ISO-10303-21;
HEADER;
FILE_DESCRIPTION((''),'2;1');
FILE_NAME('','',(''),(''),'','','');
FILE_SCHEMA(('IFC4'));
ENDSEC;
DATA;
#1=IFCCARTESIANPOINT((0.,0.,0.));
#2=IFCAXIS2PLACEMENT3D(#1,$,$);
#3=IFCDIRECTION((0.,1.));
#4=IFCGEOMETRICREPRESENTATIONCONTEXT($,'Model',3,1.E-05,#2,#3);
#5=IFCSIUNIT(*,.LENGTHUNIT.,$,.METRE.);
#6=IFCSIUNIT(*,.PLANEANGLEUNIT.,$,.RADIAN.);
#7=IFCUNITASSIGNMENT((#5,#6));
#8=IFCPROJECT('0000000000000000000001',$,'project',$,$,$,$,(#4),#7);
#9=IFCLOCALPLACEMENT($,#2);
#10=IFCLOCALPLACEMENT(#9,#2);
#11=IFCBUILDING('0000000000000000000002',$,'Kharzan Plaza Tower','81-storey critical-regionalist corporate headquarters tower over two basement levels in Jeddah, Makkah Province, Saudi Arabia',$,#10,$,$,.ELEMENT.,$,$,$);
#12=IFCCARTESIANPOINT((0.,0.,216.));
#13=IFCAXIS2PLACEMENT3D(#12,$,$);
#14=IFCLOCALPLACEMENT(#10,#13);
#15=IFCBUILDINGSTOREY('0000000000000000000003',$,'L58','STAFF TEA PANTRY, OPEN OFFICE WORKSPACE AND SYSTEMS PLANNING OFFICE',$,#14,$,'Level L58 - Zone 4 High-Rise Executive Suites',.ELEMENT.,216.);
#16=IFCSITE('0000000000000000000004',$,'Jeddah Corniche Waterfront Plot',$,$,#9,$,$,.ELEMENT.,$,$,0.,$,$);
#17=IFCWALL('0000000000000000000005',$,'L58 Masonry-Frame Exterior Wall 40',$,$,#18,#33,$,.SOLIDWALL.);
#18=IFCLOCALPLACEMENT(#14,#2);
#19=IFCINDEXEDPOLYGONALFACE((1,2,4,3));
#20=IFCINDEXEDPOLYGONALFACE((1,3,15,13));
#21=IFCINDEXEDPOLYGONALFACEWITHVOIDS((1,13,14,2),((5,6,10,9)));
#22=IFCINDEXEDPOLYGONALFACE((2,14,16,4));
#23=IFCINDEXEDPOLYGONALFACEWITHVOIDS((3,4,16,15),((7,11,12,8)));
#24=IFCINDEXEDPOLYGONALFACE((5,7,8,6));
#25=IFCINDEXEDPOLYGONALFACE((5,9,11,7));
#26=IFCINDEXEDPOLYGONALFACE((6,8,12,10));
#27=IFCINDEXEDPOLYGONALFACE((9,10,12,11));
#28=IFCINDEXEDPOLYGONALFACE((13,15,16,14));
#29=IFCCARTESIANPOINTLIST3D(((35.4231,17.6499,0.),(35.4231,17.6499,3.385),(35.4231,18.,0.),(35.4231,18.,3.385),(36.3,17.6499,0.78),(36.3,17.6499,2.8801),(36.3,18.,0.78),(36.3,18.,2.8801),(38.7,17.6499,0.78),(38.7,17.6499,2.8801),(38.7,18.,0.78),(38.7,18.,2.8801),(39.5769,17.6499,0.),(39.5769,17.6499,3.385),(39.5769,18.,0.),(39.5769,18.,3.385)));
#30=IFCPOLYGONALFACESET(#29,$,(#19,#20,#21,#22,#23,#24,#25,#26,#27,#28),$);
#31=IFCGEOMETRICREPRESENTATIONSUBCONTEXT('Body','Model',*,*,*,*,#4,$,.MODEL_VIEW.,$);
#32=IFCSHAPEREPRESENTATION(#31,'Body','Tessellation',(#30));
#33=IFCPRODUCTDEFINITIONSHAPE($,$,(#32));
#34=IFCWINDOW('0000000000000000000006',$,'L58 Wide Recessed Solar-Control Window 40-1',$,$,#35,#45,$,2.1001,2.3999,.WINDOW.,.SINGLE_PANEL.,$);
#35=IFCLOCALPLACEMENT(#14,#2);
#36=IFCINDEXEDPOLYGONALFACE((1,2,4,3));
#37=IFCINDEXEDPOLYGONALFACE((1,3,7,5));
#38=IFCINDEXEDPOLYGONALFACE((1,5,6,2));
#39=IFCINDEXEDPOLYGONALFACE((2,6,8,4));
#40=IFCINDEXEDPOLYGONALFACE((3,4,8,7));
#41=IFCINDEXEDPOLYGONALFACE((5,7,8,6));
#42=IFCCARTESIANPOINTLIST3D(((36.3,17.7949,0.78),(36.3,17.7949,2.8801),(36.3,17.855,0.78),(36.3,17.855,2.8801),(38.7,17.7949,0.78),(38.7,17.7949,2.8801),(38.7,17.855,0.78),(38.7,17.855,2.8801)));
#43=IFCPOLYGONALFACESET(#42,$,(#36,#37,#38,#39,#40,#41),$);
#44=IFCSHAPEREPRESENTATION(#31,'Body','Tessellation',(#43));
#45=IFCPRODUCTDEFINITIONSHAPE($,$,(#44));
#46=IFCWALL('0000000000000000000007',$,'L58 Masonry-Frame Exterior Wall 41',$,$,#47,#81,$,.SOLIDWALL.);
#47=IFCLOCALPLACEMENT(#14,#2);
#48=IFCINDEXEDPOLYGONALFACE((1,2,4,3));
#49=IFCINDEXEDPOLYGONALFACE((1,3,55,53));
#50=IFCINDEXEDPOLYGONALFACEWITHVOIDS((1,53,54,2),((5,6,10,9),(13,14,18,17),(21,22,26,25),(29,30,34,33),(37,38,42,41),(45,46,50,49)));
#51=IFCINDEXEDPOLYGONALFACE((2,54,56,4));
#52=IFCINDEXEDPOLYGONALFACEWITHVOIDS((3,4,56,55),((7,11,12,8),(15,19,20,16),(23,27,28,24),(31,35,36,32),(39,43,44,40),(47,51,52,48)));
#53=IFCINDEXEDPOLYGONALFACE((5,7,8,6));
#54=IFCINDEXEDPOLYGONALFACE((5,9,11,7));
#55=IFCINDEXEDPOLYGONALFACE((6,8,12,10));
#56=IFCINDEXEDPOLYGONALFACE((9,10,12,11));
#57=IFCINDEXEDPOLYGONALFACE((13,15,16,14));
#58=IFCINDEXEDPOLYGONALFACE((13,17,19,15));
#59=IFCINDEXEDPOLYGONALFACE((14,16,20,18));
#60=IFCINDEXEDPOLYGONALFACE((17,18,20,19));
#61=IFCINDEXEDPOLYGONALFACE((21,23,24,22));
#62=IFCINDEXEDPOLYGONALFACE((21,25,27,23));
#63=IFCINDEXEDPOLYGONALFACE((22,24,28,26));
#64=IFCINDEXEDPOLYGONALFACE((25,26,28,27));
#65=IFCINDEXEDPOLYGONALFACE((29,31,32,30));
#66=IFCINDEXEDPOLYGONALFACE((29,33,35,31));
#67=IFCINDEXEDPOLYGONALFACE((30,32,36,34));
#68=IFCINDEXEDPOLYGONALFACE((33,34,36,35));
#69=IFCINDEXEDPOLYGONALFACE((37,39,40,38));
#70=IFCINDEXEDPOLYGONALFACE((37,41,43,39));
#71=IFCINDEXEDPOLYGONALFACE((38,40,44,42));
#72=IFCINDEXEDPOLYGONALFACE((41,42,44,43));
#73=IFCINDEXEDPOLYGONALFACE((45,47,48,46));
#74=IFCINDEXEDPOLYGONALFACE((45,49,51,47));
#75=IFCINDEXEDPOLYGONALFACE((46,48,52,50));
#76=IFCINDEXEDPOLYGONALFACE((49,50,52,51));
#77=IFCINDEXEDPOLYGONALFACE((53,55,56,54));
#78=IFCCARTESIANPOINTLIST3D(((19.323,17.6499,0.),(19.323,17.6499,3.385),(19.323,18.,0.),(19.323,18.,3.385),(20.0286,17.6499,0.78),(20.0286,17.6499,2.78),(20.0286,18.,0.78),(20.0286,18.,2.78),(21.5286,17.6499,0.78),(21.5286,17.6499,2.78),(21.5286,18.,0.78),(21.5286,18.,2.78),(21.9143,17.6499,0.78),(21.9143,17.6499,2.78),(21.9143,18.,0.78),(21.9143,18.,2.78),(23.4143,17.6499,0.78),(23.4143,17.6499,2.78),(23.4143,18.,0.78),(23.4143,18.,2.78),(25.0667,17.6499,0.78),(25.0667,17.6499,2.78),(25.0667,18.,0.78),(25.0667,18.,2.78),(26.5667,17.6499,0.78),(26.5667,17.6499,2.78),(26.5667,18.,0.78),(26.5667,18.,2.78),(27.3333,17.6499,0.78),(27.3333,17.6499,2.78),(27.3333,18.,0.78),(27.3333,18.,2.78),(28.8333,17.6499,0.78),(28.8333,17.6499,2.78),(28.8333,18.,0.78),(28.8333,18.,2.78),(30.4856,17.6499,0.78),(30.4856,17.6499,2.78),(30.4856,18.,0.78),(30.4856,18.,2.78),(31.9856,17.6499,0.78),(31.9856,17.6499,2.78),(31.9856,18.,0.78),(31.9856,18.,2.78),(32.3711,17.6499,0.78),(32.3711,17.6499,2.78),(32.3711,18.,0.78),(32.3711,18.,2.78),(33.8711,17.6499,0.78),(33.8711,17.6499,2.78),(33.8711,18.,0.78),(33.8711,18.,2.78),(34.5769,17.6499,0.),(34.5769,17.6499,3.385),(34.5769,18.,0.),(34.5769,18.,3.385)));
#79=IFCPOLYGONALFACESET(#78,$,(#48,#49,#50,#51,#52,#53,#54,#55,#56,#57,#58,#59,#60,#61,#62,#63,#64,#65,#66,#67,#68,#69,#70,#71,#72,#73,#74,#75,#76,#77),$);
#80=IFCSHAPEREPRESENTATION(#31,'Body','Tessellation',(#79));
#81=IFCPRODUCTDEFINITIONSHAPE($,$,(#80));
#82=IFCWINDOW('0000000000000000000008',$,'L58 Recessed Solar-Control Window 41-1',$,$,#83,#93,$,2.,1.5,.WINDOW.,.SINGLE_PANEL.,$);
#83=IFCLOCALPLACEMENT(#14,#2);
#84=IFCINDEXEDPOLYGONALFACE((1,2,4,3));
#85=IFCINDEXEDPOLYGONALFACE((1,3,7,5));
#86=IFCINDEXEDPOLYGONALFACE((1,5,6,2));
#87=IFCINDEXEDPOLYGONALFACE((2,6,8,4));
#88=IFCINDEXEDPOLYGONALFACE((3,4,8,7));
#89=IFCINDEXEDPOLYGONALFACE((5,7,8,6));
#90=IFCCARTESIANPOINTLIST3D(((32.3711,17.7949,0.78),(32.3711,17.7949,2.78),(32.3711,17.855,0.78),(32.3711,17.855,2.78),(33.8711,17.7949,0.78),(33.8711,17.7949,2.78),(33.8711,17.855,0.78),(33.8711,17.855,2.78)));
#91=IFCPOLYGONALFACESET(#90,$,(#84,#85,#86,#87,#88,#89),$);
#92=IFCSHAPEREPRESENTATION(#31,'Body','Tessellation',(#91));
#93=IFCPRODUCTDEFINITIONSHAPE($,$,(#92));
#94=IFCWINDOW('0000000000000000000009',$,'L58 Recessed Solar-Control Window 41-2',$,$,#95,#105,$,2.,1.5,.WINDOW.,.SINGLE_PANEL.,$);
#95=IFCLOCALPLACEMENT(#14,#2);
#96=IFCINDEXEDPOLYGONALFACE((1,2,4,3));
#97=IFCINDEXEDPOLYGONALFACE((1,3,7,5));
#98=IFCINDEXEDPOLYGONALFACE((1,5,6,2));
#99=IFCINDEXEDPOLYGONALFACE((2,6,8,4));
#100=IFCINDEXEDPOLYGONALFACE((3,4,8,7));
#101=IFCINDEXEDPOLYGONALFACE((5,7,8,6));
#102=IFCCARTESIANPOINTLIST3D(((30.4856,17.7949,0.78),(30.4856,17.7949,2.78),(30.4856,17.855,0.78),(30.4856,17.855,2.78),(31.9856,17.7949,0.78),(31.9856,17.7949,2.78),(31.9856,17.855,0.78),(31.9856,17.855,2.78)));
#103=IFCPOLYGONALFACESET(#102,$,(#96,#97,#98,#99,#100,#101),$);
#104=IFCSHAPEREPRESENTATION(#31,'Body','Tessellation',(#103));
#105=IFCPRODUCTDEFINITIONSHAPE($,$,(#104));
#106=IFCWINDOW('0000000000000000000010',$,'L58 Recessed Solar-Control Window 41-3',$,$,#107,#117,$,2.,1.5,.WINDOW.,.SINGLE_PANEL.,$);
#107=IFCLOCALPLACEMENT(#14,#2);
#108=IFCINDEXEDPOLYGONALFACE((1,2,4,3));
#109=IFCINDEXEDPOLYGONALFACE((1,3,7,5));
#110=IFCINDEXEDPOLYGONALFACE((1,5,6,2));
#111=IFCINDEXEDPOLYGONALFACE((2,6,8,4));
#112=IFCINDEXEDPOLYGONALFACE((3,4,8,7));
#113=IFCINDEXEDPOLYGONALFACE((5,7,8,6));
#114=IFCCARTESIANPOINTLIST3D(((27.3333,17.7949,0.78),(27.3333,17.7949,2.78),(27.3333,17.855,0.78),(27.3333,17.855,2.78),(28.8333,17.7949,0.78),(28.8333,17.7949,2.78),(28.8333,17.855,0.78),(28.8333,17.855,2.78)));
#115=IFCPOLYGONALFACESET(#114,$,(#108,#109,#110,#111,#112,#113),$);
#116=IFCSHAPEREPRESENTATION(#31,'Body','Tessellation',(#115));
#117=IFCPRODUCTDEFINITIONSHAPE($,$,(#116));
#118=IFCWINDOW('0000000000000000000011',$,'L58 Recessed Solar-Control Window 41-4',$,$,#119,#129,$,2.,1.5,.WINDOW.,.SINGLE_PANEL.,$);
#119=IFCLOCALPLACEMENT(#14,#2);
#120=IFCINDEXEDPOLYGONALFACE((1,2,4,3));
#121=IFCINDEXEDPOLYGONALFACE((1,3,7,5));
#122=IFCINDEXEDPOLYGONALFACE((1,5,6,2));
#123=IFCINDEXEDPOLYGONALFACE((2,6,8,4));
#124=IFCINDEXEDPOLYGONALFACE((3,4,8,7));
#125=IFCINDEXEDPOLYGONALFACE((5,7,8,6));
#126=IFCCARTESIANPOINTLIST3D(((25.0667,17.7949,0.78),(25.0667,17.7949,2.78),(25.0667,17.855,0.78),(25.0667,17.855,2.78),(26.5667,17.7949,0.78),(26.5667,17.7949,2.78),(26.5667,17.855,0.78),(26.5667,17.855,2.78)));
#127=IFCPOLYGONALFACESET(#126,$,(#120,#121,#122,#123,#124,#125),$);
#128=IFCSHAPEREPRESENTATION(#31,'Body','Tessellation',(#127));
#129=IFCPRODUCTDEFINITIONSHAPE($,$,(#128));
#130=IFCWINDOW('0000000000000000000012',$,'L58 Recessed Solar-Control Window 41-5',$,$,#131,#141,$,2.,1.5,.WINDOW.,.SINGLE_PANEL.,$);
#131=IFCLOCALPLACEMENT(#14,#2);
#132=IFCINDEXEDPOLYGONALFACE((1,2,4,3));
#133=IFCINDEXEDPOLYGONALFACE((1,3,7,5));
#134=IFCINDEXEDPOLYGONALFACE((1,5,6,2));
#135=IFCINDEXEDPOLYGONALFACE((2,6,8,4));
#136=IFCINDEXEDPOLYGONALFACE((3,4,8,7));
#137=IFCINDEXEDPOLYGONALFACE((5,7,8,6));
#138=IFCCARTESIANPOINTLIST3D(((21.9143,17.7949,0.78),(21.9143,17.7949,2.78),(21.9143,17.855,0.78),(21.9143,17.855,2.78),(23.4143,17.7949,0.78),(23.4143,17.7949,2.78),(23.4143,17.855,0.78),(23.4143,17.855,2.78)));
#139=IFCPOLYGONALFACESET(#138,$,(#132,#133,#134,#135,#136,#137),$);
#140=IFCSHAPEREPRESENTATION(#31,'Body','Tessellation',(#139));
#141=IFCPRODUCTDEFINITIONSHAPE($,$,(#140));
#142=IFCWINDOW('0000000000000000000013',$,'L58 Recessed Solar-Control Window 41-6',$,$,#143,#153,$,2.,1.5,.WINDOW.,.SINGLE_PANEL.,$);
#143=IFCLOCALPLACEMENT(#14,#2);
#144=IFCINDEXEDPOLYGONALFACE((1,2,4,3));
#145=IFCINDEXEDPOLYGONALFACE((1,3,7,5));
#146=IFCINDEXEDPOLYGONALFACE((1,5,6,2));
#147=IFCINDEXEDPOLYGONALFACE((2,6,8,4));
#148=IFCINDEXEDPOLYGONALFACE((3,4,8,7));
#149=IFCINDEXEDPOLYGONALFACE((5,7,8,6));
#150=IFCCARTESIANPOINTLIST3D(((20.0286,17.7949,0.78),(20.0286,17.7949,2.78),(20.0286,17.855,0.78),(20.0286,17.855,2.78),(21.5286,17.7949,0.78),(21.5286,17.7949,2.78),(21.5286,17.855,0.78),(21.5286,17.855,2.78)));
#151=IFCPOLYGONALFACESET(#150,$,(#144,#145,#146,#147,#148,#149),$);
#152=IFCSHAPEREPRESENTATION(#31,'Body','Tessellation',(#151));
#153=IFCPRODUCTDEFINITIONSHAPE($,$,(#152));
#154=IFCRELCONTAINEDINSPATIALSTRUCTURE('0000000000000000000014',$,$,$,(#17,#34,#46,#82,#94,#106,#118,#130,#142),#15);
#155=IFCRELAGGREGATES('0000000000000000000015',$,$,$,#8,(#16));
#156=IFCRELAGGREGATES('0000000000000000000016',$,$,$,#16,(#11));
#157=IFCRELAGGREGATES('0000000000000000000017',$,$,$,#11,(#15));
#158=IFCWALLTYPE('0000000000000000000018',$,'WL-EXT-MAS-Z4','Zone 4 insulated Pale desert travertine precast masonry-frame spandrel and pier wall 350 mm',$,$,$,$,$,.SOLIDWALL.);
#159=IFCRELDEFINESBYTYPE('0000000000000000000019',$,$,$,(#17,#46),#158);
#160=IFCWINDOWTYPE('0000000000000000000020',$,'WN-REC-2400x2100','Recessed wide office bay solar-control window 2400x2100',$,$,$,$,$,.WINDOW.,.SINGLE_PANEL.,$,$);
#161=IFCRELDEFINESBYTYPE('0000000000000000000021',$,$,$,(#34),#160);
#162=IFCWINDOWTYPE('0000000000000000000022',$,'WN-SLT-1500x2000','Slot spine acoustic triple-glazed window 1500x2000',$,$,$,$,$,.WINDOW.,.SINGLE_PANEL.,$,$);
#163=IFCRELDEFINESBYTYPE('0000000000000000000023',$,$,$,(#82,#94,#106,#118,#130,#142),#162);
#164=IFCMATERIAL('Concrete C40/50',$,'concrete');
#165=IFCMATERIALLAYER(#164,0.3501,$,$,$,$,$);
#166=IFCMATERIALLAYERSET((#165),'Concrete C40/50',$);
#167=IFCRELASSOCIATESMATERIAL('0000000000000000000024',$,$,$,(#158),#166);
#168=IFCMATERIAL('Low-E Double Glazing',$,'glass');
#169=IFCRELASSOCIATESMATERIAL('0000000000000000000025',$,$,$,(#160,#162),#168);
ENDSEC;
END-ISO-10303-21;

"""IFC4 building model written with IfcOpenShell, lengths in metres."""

from ifc_helpers import new_model, si_unit, direction, frame, frame_2d, origin, place, context, subcontext, project, spatial, rectangle, extrude, source, transform, mapped, material, layer, layer_set, type_object, element, fill, save


model = new_model("IFC4")

# Units and contexts
model_context = context("Model", 3, precision=1e-05, world=origin(), true_north=direction((0.0, 1.0)))
body_context = subcontext(model_context, "Body", "Model", "MODEL_VIEW")
ifc_project = project(units=[si_unit("LENGTHUNIT", "METRE"), si_unit("PLANEANGLEUNIT", "RADIAN")], contexts=[model_context])

# Site, building, storey
site_placement = place(None, origin())
site = spatial("IfcSite", under=ifc_project, at=site_placement, Name="Jeddah Corniche Waterfront Plot", CompositionType="ELEMENT", RefElevation=0.0)
building_placement = place(site_placement, origin())
building = spatial("IfcBuilding", under=site, at=building_placement, Name="Kharzan Plaza Tower", Description="81-storey critical-regionalist corporate headquarters tower over two basement levels in Jeddah, Makkah Province, Saudi Arabia", CompositionType="ELEMENT")
storey_placement = place(building_placement, frame((0.0, 0.0, 216.0)))
storey = spatial("IfcBuildingStorey", under=building, at=storey_placement, Name="L58", Description="STAFF TEA PANTRY, OPEN OFFICE WORKSPACE AND SYSTEMS PLANNING OFFICE", LongName="Level L58 - Zone 4 High-Rise Executive Suites", CompositionType="ELEMENT", Elevation=216.0)

# Wall, opening, window
ifc_material_1 = material(Name="Concrete C40/50", Category="concrete")
ifc_layer_1 = layer(ifc_material_1, 0.3501)
ifc_layer_set_1 = layer_set([ifc_layer_1], Name="Concrete C40/50")
wall_type_1 = type_object("IfcWallType", Name="WL-EXT-MAS-Z4", Description="Zone 4 insulated Pale desert travertine precast masonry-frame spandrel and pier wall 350 mm", PredefinedType="SOLIDWALL", material=ifc_layer_set_1)
wall_1_placement = place(storey_placement, frame((39.5769, 17.825, 0.0), z_axis=(0.0, 0.0, 1.0), x_axis=(-1.0, 0.0, 0.0)))
wall_1 = element("IfcWall", 1, at=wall_1_placement, inside=storey, type_object=wall_type_1, Name="L58 Masonry-Frame Exterior Wall 40", PredefinedType="SOLIDWALL", context=body_context, shape_type="SweptSolid", body=[
    extrude(rectangle(XDim=4.1538, YDim=0.3501, at=frame_2d((2.0769, 0.0))), origin(), (0.0, 0.0, 1.0), 3.385),
])
opening_1_placement = place(wall_1_placement, frame((0.877, 0.0, 0.78)))
opening_1 = element("IfcOpeningElement", 2, at=opening_1_placement, cuts=wall_1, PredefinedType="OPENING", context=body_context, shape_type="SweptSolid", body=[
    extrude(rectangle(XDim=2.3999, YDim=2.1001, at=frame_2d((1.2, 1.05))), frame((0.0, 0.1851, 0.0), z_axis=(0.0, -1.0, 0.0), x_axis=(1.0, 0.0, 0.0)), (0.0, 0.0, 1.0), 0.3701),
])
ifc_material_2 = material(Name="Low-E Double Glazing", Category="glass")
window_type_1 = type_object("IfcWindowType", Name="WN-REC-2400x2100", Description="Recessed wide office bay solar-control window 2400x2100", PartitioningType="SINGLE_PANEL", PredefinedType="WINDOW", material=ifc_material_2)
shared_shape_1 = source(origin(), body_context, "Body", "SweptSolid", [
    extrude(rectangle(XDim=2.3999, YDim=2.1001, at=frame_2d((1.2, 1.05))), frame((0.0, 0.03, 0.0), z_axis=(0.0, -1.0, 0.0), x_axis=(1.0, 0.0, 0.0)), (0.0, 0.0, 1.0), 0.0601),
])
window_1_placement = place(opening_1_placement, origin())
window_1 = element("IfcWindow", 3, at=window_1_placement, inside=storey, type_object=window_type_1, Name="L58 Wide Recessed Solar-Control Window 40-1", OverallHeight=2.1001, OverallWidth=2.3999, PartitioningType="SINGLE_PANEL", PredefinedType="WINDOW", context=body_context, shape_type="MappedRepresentation", body=[
    mapped(shared_shape_1, transform((0.0, 0.0, 0.0), x_axis=(1.0, 0.0, 0.0), y_axis=(0.0, 1.0, 0.0), z_axis=(0.0, 0.0, 1.0))),
])
fill(opening_1, window_1)

# Wall, openings, windows
wall_2_placement = place(storey_placement, frame((34.5769, 17.825, 0.0), z_axis=(0.0, 0.0, 1.0), x_axis=(-1.0, 0.0, 0.0)))
wall_2 = element("IfcWall", 4, at=wall_2_placement, inside=storey, type_object=wall_type_1, Name="L58 Masonry-Frame Exterior Wall 41", PredefinedType="SOLIDWALL", context=body_context, shape_type="SweptSolid", body=[
    extrude(rectangle(XDim=15.2539, YDim=0.3501, at=frame_2d((7.627, 0.0))), origin(), (0.0, 0.0, 1.0), 3.385),
])
opening_2_placement = place(wall_2_placement, frame((0.7058, 0.0, 0.78)))
opening_2 = element("IfcOpeningElement", 5, at=opening_2_placement, cuts=wall_2, PredefinedType="OPENING", context=body_context, shape_type="SweptSolid", body=[
    extrude(rectangle(XDim=1.5, YDim=2.0, at=frame_2d((0.75, 1.0))), frame((0.0, 0.1851, 0.0), z_axis=(0.0, -1.0, 0.0), x_axis=(1.0, 0.0, 0.0)), (0.0, 0.0, 1.0), 0.3701),
])
opening_3_placement = place(wall_2_placement, frame((2.5913, 0.0, 0.78)))
opening_3 = element("IfcOpeningElement", 6, at=opening_3_placement, cuts=wall_2, PredefinedType="OPENING", context=body_context, shape_type="SweptSolid", body=[
    extrude(rectangle(XDim=1.5, YDim=2.0, at=frame_2d((0.75, 1.0))), frame((0.0, 0.1851, 0.0), z_axis=(0.0, -1.0, 0.0), x_axis=(1.0, 0.0, 0.0)), (0.0, 0.0, 1.0), 0.3701),
])
opening_4_placement = place(wall_2_placement, frame((5.7437, 0.0, 0.78)))
opening_4 = element("IfcOpeningElement", 7, at=opening_4_placement, cuts=wall_2, PredefinedType="OPENING", context=body_context, shape_type="SweptSolid", body=[
    extrude(rectangle(XDim=1.5, YDim=2.0, at=frame_2d((0.75, 1.0))), frame((0.0, 0.1851, 0.0), z_axis=(0.0, -1.0, 0.0), x_axis=(1.0, 0.0, 0.0)), (0.0, 0.0, 1.0), 0.3701),
])
opening_5_placement = place(wall_2_placement, frame((8.0103, 0.0, 0.78)))
opening_5 = element("IfcOpeningElement", 8, at=opening_5_placement, cuts=wall_2, PredefinedType="OPENING", context=body_context, shape_type="SweptSolid", body=[
    extrude(rectangle(XDim=1.5, YDim=2.0, at=frame_2d((0.75, 1.0))), frame((0.0, 0.1851, 0.0), z_axis=(0.0, -1.0, 0.0), x_axis=(1.0, 0.0, 0.0)), (0.0, 0.0, 1.0), 0.3701),
])
opening_6_placement = place(wall_2_placement, frame((11.1626, 0.0, 0.78)))
opening_6 = element("IfcOpeningElement", 9, at=opening_6_placement, cuts=wall_2, PredefinedType="OPENING", context=body_context, shape_type="SweptSolid", body=[
    extrude(rectangle(XDim=1.5, YDim=2.0, at=frame_2d((0.75, 1.0))), frame((0.0, 0.1851, 0.0), z_axis=(0.0, -1.0, 0.0), x_axis=(1.0, 0.0, 0.0)), (0.0, 0.0, 1.0), 0.3701),
])
opening_7_placement = place(wall_2_placement, frame((13.0483, 0.0, 0.78)))
opening_7 = element("IfcOpeningElement", 10, at=opening_7_placement, cuts=wall_2, PredefinedType="OPENING", context=body_context, shape_type="SweptSolid", body=[
    extrude(rectangle(XDim=1.5, YDim=2.0, at=frame_2d((0.75, 1.0))), frame((0.0, 0.1851, 0.0), z_axis=(0.0, -1.0, 0.0), x_axis=(1.0, 0.0, 0.0)), (0.0, 0.0, 1.0), 0.3701),
])
window_type_2 = type_object("IfcWindowType", Name="WN-SLT-1500x2000", Description="Slot spine acoustic triple-glazed window 1500x2000", PartitioningType="SINGLE_PANEL", PredefinedType="WINDOW", material=ifc_material_2)
shared_shape_2 = source(origin(), body_context, "Body", "SweptSolid", [
    extrude(rectangle(XDim=1.5, YDim=2.0, at=frame_2d((0.75, 1.0))), frame((0.0, 0.03, 0.0), z_axis=(0.0, -1.0, 0.0), x_axis=(1.0, 0.0, 0.0)), (0.0, 0.0, 1.0), 0.0601),
])
window_2_placement = place(opening_2_placement, origin())
window_2 = element("IfcWindow", 11, at=window_2_placement, inside=storey, type_object=window_type_2, Name="L58 Recessed Solar-Control Window 41-1", OverallHeight=2.0, OverallWidth=1.5, PartitioningType="SINGLE_PANEL", PredefinedType="WINDOW", context=body_context, shape_type="MappedRepresentation", body=[
    mapped(shared_shape_2, transform((0.0, 0.0, 0.0), x_axis=(1.0, 0.0, 0.0), y_axis=(0.0, 1.0, 0.0), z_axis=(0.0, 0.0, 1.0))),
])
fill(opening_2, window_2)
window_3_placement = place(opening_3_placement, origin())
window_3 = element("IfcWindow", 12, at=window_3_placement, inside=storey, type_object=window_type_2, Name="L58 Recessed Solar-Control Window 41-2", OverallHeight=2.0, OverallWidth=1.5, PartitioningType="SINGLE_PANEL", PredefinedType="WINDOW", context=body_context, shape_type="MappedRepresentation", body=[
    mapped(shared_shape_2, transform((0.0, 0.0, 0.0), x_axis=(1.0, 0.0, 0.0), y_axis=(0.0, 1.0, 0.0), z_axis=(0.0, 0.0, 1.0))),
])
fill(opening_3, window_3)
window_4_placement = place(opening_4_placement, origin())
window_4 = element("IfcWindow", 13, at=window_4_placement, inside=storey, type_object=window_type_2, Name="L58 Recessed Solar-Control Window 41-3", OverallHeight=2.0, OverallWidth=1.5, PartitioningType="SINGLE_PANEL", PredefinedType="WINDOW", context=body_context, shape_type="MappedRepresentation", body=[
    mapped(shared_shape_2, transform((0.0, 0.0, 0.0), x_axis=(1.0, 0.0, 0.0), y_axis=(0.0, 1.0, 0.0), z_axis=(0.0, 0.0, 1.0))),
])
fill(opening_4, window_4)
window_5_placement = place(opening_5_placement, origin())
window_5 = element("IfcWindow", 14, at=window_5_placement, inside=storey, type_object=window_type_2, Name="L58 Recessed Solar-Control Window 41-4", OverallHeight=2.0, OverallWidth=1.5, PartitioningType="SINGLE_PANEL", PredefinedType="WINDOW", context=body_context, shape_type="MappedRepresentation", body=[
    mapped(shared_shape_2, transform((0.0, 0.0, 0.0), x_axis=(1.0, 0.0, 0.0), y_axis=(0.0, 1.0, 0.0), z_axis=(0.0, 0.0, 1.0))),
])
fill(opening_5, window_5)
window_6_placement = place(opening_6_placement, origin())
window_6 = element("IfcWindow", 15, at=window_6_placement, inside=storey, type_object=window_type_2, Name="L58 Recessed Solar-Control Window 41-5", OverallHeight=2.0, OverallWidth=1.5, PartitioningType="SINGLE_PANEL", PredefinedType="WINDOW", context=body_context, shape_type="MappedRepresentation", body=[
    mapped(shared_shape_2, transform((0.0, 0.0, 0.0), x_axis=(1.0, 0.0, 0.0), y_axis=(0.0, 1.0, 0.0), z_axis=(0.0, 0.0, 1.0))),
])
fill(opening_6, window_6)
window_7_placement = place(opening_7_placement, origin())
window_7 = element("IfcWindow", 16, at=window_7_placement, inside=storey, type_object=window_type_2, Name="L58 Recessed Solar-Control Window 41-6", OverallHeight=2.0, OverallWidth=1.5, PartitioningType="SINGLE_PANEL", PredefinedType="WINDOW", context=body_context, shape_type="MappedRepresentation", body=[
    mapped(shared_shape_2, transform((0.0, 0.0, 0.0), x_axis=(1.0, 0.0, 0.0), y_axis=(0.0, 1.0, 0.0), z_axis=(0.0, 0.0, 1.0))),
])
fill(opening_7, window_7)

save(model, "model.ifc")
